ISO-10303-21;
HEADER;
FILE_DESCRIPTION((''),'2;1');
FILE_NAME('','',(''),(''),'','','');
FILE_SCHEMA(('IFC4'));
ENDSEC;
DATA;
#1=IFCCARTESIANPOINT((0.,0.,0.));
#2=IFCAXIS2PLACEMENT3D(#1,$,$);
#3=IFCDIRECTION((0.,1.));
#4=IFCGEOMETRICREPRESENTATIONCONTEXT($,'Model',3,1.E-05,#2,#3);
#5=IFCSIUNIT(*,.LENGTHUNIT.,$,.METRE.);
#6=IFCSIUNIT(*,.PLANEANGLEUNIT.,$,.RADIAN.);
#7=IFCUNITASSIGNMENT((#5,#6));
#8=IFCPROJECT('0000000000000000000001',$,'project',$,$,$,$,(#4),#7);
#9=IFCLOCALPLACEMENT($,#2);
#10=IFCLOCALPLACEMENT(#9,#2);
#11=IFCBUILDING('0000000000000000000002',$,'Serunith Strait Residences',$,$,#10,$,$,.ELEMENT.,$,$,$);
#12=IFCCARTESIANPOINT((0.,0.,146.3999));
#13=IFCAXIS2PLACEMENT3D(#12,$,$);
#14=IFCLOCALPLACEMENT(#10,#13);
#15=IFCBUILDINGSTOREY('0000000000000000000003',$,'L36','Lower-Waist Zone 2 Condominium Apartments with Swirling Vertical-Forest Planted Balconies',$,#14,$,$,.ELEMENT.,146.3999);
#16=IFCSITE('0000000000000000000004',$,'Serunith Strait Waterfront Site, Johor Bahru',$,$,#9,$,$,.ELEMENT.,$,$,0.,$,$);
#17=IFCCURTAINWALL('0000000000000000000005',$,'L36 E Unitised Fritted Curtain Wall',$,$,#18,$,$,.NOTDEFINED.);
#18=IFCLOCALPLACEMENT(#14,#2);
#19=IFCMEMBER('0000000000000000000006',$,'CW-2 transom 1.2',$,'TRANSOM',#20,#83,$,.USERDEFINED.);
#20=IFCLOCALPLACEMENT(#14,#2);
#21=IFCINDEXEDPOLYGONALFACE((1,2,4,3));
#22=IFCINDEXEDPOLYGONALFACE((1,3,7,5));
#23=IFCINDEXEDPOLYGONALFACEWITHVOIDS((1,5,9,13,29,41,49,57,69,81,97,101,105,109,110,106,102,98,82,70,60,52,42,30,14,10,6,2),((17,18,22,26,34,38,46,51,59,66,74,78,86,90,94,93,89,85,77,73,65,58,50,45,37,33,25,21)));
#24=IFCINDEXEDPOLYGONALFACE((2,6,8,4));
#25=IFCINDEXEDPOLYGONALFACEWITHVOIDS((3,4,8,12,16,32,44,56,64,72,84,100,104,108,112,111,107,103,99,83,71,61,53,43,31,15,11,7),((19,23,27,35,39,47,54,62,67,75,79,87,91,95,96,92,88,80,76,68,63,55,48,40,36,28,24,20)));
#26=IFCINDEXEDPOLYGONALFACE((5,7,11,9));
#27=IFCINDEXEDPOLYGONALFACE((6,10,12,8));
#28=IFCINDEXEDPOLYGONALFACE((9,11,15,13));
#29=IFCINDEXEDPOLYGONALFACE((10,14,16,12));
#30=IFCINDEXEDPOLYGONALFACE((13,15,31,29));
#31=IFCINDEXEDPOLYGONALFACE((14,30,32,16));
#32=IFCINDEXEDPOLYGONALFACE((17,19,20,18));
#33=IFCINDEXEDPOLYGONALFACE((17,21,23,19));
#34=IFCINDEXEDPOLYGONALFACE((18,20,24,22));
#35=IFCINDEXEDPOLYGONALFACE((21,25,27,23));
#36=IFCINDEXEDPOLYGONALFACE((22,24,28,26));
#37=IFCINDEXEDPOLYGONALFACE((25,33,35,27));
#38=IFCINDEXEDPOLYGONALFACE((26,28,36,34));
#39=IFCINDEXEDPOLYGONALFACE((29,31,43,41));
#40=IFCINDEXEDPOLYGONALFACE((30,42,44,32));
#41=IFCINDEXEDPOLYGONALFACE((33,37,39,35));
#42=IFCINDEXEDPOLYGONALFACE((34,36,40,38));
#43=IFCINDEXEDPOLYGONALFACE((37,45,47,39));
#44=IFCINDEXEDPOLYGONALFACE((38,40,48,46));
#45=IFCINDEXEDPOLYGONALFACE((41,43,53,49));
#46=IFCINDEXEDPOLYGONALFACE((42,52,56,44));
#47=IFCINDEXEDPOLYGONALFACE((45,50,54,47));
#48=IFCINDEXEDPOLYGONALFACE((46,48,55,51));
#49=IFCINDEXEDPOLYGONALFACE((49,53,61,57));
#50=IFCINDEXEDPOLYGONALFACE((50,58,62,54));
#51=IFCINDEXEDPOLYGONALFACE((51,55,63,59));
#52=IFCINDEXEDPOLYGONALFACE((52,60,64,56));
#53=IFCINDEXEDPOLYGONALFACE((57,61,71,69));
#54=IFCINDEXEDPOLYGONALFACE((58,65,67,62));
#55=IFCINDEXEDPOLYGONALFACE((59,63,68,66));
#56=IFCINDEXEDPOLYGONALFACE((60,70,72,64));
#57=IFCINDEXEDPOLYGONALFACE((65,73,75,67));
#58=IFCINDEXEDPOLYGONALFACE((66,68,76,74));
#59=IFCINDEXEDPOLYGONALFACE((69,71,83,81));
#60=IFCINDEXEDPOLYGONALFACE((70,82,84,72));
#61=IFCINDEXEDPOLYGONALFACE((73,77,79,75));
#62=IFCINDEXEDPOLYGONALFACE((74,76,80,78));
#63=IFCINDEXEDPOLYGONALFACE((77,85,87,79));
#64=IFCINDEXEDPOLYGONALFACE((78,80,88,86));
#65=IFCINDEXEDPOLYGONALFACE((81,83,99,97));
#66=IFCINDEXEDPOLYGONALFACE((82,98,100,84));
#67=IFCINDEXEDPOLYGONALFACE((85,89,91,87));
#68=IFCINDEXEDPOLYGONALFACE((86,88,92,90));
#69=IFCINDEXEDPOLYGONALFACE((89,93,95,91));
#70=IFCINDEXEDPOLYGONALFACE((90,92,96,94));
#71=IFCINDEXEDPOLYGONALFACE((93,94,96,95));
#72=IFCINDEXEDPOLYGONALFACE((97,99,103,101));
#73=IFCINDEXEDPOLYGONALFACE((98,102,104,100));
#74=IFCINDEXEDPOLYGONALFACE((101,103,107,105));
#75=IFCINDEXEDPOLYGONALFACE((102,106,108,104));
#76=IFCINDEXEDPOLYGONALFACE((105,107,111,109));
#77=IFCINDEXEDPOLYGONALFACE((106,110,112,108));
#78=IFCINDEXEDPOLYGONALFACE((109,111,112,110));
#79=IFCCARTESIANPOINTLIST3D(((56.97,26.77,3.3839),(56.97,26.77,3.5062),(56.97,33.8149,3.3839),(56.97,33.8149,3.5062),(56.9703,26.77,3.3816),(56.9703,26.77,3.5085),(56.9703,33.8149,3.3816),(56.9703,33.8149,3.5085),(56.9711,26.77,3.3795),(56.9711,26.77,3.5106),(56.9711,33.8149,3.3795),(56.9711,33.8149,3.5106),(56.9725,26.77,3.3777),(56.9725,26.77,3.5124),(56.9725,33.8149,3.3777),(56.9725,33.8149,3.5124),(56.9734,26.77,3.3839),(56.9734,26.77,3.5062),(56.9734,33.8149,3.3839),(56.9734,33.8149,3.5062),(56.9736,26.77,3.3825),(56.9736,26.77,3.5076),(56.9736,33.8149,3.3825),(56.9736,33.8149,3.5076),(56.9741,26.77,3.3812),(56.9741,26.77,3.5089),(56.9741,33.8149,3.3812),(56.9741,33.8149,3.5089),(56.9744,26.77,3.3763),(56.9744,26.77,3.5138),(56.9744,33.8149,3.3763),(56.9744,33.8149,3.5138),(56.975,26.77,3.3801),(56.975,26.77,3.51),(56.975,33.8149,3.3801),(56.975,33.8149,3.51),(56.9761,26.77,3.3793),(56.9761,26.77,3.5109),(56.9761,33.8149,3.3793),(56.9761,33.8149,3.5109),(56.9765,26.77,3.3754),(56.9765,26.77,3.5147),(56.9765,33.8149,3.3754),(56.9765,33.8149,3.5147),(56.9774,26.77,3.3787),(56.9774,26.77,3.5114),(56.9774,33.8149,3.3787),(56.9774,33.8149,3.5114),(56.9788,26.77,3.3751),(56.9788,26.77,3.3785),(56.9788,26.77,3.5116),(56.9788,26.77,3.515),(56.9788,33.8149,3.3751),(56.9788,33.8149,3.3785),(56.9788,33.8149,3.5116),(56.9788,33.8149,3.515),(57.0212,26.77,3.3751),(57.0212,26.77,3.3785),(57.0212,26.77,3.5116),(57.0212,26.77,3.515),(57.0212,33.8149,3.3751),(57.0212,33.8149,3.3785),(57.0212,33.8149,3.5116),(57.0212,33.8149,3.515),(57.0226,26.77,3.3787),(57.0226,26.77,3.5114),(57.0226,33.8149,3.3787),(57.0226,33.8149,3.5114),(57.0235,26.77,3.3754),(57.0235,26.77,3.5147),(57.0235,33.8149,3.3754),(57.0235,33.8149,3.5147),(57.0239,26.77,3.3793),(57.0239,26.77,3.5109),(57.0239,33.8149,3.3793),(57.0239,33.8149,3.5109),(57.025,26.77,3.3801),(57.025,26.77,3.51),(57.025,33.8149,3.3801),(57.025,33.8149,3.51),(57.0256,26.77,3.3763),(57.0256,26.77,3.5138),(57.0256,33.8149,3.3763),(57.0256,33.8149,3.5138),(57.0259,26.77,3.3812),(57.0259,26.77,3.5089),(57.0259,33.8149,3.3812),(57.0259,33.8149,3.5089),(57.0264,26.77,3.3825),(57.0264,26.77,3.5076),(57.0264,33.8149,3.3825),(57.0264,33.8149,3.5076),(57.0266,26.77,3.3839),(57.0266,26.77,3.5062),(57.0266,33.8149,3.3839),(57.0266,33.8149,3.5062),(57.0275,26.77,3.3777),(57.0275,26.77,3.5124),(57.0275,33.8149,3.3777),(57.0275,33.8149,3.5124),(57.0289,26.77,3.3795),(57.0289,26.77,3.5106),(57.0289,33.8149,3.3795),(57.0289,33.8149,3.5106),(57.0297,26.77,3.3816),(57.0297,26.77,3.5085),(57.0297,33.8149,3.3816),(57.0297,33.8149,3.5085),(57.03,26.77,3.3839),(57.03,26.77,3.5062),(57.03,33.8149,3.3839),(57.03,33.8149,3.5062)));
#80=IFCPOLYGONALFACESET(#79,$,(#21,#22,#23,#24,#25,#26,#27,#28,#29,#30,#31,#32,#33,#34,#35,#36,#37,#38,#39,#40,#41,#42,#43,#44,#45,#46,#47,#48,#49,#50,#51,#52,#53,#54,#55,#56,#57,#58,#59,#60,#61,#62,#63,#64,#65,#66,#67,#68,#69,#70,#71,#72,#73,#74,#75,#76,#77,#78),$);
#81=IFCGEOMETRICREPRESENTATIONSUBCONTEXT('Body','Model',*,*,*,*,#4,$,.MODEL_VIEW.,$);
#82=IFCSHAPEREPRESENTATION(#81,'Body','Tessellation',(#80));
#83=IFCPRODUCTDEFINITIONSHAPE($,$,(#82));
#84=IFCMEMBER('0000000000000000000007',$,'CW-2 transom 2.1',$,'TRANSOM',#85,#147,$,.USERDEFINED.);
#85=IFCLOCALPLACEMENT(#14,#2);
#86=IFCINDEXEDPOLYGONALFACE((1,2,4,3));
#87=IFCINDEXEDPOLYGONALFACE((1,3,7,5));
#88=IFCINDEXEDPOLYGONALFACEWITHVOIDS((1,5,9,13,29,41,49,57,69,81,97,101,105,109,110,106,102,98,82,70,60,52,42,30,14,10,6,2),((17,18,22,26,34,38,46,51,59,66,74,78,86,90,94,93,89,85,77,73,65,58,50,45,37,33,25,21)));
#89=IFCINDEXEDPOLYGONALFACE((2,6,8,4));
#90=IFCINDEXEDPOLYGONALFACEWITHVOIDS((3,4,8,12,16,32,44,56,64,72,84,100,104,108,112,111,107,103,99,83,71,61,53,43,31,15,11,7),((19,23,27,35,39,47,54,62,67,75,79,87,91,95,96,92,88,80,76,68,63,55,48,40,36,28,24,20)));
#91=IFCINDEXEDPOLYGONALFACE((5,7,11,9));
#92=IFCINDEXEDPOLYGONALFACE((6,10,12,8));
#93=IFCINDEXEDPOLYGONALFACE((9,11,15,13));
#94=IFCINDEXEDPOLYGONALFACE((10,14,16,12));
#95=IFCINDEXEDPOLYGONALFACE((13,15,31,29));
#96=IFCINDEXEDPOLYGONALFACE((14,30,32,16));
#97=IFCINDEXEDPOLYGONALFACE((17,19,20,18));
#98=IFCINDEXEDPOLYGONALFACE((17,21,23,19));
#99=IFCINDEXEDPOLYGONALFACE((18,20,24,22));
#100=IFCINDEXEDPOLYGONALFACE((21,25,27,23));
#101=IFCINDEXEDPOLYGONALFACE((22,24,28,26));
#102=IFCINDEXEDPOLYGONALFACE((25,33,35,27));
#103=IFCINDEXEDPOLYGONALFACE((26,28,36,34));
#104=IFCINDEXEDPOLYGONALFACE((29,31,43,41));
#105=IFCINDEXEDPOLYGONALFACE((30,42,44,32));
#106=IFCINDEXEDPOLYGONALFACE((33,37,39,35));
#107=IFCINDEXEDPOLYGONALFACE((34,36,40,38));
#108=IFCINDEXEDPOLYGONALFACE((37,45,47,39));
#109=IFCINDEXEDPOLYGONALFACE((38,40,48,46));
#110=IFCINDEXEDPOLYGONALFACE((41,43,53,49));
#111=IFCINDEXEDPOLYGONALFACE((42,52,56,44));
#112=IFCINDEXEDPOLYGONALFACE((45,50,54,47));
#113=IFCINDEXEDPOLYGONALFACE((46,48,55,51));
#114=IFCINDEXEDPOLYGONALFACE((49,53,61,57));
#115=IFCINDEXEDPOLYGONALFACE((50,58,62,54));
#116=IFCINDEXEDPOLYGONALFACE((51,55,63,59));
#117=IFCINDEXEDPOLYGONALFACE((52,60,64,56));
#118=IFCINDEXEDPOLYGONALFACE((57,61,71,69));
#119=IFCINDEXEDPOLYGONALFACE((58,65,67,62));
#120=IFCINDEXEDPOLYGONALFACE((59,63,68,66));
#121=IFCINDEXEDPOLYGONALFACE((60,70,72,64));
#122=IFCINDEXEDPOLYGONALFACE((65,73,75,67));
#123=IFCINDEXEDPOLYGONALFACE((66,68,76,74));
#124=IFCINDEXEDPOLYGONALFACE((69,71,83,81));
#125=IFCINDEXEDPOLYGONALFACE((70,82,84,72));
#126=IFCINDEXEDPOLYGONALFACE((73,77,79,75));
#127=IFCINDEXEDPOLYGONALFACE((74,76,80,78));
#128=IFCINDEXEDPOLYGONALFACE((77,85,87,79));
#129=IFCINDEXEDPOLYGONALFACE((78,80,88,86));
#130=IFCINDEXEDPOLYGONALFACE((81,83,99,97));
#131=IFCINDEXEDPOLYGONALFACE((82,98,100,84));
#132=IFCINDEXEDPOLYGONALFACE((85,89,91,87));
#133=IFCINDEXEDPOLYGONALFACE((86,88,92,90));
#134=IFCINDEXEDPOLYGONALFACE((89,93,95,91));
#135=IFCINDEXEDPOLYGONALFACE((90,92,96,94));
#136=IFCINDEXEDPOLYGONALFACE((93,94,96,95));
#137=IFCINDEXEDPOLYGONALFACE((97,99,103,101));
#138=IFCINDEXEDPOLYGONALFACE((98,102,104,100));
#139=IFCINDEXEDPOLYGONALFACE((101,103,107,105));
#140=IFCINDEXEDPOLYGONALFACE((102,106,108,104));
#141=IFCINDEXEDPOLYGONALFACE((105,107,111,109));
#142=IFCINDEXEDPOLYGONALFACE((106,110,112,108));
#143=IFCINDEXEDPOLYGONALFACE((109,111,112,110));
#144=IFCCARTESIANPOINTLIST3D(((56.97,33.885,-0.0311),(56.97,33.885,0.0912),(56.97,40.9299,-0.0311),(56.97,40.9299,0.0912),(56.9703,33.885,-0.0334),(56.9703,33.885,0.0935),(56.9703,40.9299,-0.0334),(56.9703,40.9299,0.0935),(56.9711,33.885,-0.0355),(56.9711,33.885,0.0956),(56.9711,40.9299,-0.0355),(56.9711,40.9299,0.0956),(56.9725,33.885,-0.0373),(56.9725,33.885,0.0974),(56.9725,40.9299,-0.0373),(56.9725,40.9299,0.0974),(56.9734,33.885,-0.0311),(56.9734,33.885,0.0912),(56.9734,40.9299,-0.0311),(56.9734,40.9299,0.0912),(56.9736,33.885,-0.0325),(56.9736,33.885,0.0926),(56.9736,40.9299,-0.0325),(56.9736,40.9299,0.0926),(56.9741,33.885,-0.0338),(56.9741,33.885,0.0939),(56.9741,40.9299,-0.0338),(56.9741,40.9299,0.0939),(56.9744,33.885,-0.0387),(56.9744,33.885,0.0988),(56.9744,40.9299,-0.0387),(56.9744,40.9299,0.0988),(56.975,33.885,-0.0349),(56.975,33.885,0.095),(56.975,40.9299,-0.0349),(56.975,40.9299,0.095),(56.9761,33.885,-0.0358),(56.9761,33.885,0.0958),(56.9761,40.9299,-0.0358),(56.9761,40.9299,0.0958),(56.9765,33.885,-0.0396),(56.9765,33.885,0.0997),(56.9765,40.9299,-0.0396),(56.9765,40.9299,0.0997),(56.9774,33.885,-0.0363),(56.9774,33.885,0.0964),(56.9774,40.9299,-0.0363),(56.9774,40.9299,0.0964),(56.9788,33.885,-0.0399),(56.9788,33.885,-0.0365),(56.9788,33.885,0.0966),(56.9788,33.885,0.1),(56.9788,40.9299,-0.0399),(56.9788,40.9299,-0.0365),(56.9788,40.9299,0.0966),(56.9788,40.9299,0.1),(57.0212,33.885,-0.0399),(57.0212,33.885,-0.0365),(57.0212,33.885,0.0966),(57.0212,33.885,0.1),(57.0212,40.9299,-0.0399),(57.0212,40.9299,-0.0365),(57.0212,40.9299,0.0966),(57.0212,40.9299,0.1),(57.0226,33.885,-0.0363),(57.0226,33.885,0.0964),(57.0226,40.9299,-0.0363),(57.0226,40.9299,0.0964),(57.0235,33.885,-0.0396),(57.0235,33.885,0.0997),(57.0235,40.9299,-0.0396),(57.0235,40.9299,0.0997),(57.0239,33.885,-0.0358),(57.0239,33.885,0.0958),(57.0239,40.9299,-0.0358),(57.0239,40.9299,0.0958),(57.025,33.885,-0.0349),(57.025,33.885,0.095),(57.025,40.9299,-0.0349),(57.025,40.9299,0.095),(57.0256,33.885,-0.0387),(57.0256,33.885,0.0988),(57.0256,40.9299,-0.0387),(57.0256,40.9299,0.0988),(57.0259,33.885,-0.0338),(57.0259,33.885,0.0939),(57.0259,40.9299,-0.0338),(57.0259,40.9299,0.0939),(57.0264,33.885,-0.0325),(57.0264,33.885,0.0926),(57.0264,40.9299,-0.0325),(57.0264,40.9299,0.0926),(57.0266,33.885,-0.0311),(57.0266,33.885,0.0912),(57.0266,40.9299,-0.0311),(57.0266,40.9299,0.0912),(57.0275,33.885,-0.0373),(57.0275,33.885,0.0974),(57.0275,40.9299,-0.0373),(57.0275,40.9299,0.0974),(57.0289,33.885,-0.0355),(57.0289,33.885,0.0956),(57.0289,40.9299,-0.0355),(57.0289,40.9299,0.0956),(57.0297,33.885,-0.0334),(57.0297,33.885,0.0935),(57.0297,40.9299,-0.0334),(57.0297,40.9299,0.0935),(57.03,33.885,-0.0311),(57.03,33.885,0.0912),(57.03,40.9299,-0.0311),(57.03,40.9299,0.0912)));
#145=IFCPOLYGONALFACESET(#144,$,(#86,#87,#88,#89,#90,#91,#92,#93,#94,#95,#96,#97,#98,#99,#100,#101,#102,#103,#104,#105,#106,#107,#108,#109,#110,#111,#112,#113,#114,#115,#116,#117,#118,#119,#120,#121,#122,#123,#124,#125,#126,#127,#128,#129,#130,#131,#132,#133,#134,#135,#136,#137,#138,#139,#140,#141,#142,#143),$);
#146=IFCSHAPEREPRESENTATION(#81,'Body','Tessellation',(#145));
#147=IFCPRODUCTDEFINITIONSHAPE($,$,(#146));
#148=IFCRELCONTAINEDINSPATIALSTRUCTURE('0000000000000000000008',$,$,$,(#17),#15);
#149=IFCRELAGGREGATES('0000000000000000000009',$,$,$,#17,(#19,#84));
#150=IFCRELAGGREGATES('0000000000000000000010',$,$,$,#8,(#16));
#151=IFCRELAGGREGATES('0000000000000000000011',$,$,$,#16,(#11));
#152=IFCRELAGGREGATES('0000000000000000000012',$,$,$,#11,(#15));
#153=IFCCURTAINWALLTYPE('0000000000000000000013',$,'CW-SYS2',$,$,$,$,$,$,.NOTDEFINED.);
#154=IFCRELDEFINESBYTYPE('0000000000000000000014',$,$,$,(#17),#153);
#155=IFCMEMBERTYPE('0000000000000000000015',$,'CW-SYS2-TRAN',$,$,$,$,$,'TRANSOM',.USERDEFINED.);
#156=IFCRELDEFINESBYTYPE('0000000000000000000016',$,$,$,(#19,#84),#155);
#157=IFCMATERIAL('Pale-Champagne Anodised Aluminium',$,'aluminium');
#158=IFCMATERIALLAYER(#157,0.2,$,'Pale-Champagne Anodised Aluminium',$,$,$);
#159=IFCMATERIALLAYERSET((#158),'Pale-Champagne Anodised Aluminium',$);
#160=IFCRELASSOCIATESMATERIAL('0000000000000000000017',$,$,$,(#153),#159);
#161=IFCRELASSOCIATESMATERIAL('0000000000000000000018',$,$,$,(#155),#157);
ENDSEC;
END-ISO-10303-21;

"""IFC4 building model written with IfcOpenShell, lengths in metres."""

from ifc_helpers import new_model, si_unit, direction, frame, origin, origin_2d, place, context, subcontext, project, spatial, hollow_rectangle, extrude, source, transform, mapped, material, layer, layer_set, material_profile, profile_set, type_object, element, aggregate, save


model = new_model("IFC4")

# Units and contexts
model_context = context("Model", 3, precision=1e-05, world=origin(), true_north=direction((0.0, 1.0)))
body_context = subcontext(model_context, "Body", "Model", "MODEL_VIEW")
ifc_project = project(units=[si_unit("LENGTHUNIT", "METRE"), si_unit("PLANEANGLEUNIT", "RADIAN")], contexts=[model_context])

# Site, building, storey
site_placement = place(None, origin())
site = spatial("IfcSite", under=ifc_project, at=site_placement, Name="Serunith Strait Waterfront Site, Johor Bahru", CompositionType="ELEMENT", RefElevation=0.0)
building_placement = place(site_placement, origin())
building = spatial("IfcBuilding", under=site, at=building_placement, Name="Serunith Strait Residences", CompositionType="ELEMENT")
storey_placement = place(building_placement, frame((0.0, 0.0, 146.3999)))
storey = spatial("IfcBuildingStorey", under=building, at=storey_placement, Name="L36", Description="Lower-Waist Zone 2 Condominium Apartments with Swirling Vertical-Forest Planted Balconies", CompositionType="ELEMENT", Elevation=146.3999)

# Shared definitions
ifc_material_1 = material(Name="Pale-Champagne Anodised Aluminium", Category="aluminium")
ifc_layer_1 = layer(ifc_material_1, 0.2, Name="Pale-Champagne Anodised Aluminium")
ifc_layer_set_1 = layer_set([ifc_layer_1], Name="Pale-Champagne Anodised Aluminium")
curtain_wall_type = type_object("IfcCurtainWallType", Name="CW-SYS2", PredefinedType="NOTDEFINED", material=ifc_layer_set_1)

# Curtain wall, members
curtain_wall_1_placement = place(storey_placement, origin())
curtain_wall_1 = element("IfcCurtainWall", 1, at=curtain_wall_1_placement, inside=storey, type_object=curtain_wall_type, Name="L36 E Unitised Fritted Curtain Wall", PredefinedType="NOTDEFINED")
ifc_material_profile_1 = material_profile(ifc_material_1, hollow_rectangle(XDim=0.0601, YDim=0.1399, WallThickness=0.0034, InnerFilletRadius=0.0054, OuterFilletRadius=0.0088, at=origin_2d()), Name="ALU 140x60x3.5")
ifc_profile_set_1 = profile_set([ifc_material_profile_1], Name="Pale-Champagne Anodised Aluminium")
member_type_1 = type_object("IfcMemberType", Name="CW-SYS2-TRAN", ElementType="TRANSOM", PredefinedType="USERDEFINED", material=ifc_profile_set_1)
shared_shape_1 = source(origin(), body_context, "Body", "SweptSolid", [
    extrude(hollow_rectangle(XDim=0.0601, YDim=0.1399, WallThickness=0.0034, InnerFilletRadius=0.0054, OuterFilletRadius=0.0088, at=origin_2d()), origin(), (0.0, 0.0, 1.0), 7.0449),
])
member_1_placement = place(storey_placement, frame((57.0, 26.77, 3.4451), z_axis=(0.0, 1.0, 0.0), x_axis=(-1.0, 0.0, 0.0)))
member_1 = element("IfcMember", 2, at=member_1_placement, type_object=member_type_1, Name="CW-2 transom 1.2", ObjectType="TRANSOM", PredefinedType="USERDEFINED", context=body_context, shape_type="MappedRepresentation", body=[
    mapped(shared_shape_1, transform((0.0, 0.0, 0.0), scale=1.0)),
])
member_2_placement = place(storey_placement, frame((57.0, 33.885, 0.03), z_axis=(0.0, 1.0, 0.0), x_axis=(-1.0, 0.0, 0.0)))
member_2 = element("IfcMember", 3, at=member_2_placement, type_object=member_type_1, Name="CW-2 transom 2.1", ObjectType="TRANSOM", PredefinedType="USERDEFINED", context=body_context, shape_type="MappedRepresentation", body=[
    mapped(shared_shape_1, transform((0.0, 0.0, 0.0), scale=1.0)),
])
aggregate(curtain_wall_1, [member_1, member_2])

save(model, "model.ifc")
